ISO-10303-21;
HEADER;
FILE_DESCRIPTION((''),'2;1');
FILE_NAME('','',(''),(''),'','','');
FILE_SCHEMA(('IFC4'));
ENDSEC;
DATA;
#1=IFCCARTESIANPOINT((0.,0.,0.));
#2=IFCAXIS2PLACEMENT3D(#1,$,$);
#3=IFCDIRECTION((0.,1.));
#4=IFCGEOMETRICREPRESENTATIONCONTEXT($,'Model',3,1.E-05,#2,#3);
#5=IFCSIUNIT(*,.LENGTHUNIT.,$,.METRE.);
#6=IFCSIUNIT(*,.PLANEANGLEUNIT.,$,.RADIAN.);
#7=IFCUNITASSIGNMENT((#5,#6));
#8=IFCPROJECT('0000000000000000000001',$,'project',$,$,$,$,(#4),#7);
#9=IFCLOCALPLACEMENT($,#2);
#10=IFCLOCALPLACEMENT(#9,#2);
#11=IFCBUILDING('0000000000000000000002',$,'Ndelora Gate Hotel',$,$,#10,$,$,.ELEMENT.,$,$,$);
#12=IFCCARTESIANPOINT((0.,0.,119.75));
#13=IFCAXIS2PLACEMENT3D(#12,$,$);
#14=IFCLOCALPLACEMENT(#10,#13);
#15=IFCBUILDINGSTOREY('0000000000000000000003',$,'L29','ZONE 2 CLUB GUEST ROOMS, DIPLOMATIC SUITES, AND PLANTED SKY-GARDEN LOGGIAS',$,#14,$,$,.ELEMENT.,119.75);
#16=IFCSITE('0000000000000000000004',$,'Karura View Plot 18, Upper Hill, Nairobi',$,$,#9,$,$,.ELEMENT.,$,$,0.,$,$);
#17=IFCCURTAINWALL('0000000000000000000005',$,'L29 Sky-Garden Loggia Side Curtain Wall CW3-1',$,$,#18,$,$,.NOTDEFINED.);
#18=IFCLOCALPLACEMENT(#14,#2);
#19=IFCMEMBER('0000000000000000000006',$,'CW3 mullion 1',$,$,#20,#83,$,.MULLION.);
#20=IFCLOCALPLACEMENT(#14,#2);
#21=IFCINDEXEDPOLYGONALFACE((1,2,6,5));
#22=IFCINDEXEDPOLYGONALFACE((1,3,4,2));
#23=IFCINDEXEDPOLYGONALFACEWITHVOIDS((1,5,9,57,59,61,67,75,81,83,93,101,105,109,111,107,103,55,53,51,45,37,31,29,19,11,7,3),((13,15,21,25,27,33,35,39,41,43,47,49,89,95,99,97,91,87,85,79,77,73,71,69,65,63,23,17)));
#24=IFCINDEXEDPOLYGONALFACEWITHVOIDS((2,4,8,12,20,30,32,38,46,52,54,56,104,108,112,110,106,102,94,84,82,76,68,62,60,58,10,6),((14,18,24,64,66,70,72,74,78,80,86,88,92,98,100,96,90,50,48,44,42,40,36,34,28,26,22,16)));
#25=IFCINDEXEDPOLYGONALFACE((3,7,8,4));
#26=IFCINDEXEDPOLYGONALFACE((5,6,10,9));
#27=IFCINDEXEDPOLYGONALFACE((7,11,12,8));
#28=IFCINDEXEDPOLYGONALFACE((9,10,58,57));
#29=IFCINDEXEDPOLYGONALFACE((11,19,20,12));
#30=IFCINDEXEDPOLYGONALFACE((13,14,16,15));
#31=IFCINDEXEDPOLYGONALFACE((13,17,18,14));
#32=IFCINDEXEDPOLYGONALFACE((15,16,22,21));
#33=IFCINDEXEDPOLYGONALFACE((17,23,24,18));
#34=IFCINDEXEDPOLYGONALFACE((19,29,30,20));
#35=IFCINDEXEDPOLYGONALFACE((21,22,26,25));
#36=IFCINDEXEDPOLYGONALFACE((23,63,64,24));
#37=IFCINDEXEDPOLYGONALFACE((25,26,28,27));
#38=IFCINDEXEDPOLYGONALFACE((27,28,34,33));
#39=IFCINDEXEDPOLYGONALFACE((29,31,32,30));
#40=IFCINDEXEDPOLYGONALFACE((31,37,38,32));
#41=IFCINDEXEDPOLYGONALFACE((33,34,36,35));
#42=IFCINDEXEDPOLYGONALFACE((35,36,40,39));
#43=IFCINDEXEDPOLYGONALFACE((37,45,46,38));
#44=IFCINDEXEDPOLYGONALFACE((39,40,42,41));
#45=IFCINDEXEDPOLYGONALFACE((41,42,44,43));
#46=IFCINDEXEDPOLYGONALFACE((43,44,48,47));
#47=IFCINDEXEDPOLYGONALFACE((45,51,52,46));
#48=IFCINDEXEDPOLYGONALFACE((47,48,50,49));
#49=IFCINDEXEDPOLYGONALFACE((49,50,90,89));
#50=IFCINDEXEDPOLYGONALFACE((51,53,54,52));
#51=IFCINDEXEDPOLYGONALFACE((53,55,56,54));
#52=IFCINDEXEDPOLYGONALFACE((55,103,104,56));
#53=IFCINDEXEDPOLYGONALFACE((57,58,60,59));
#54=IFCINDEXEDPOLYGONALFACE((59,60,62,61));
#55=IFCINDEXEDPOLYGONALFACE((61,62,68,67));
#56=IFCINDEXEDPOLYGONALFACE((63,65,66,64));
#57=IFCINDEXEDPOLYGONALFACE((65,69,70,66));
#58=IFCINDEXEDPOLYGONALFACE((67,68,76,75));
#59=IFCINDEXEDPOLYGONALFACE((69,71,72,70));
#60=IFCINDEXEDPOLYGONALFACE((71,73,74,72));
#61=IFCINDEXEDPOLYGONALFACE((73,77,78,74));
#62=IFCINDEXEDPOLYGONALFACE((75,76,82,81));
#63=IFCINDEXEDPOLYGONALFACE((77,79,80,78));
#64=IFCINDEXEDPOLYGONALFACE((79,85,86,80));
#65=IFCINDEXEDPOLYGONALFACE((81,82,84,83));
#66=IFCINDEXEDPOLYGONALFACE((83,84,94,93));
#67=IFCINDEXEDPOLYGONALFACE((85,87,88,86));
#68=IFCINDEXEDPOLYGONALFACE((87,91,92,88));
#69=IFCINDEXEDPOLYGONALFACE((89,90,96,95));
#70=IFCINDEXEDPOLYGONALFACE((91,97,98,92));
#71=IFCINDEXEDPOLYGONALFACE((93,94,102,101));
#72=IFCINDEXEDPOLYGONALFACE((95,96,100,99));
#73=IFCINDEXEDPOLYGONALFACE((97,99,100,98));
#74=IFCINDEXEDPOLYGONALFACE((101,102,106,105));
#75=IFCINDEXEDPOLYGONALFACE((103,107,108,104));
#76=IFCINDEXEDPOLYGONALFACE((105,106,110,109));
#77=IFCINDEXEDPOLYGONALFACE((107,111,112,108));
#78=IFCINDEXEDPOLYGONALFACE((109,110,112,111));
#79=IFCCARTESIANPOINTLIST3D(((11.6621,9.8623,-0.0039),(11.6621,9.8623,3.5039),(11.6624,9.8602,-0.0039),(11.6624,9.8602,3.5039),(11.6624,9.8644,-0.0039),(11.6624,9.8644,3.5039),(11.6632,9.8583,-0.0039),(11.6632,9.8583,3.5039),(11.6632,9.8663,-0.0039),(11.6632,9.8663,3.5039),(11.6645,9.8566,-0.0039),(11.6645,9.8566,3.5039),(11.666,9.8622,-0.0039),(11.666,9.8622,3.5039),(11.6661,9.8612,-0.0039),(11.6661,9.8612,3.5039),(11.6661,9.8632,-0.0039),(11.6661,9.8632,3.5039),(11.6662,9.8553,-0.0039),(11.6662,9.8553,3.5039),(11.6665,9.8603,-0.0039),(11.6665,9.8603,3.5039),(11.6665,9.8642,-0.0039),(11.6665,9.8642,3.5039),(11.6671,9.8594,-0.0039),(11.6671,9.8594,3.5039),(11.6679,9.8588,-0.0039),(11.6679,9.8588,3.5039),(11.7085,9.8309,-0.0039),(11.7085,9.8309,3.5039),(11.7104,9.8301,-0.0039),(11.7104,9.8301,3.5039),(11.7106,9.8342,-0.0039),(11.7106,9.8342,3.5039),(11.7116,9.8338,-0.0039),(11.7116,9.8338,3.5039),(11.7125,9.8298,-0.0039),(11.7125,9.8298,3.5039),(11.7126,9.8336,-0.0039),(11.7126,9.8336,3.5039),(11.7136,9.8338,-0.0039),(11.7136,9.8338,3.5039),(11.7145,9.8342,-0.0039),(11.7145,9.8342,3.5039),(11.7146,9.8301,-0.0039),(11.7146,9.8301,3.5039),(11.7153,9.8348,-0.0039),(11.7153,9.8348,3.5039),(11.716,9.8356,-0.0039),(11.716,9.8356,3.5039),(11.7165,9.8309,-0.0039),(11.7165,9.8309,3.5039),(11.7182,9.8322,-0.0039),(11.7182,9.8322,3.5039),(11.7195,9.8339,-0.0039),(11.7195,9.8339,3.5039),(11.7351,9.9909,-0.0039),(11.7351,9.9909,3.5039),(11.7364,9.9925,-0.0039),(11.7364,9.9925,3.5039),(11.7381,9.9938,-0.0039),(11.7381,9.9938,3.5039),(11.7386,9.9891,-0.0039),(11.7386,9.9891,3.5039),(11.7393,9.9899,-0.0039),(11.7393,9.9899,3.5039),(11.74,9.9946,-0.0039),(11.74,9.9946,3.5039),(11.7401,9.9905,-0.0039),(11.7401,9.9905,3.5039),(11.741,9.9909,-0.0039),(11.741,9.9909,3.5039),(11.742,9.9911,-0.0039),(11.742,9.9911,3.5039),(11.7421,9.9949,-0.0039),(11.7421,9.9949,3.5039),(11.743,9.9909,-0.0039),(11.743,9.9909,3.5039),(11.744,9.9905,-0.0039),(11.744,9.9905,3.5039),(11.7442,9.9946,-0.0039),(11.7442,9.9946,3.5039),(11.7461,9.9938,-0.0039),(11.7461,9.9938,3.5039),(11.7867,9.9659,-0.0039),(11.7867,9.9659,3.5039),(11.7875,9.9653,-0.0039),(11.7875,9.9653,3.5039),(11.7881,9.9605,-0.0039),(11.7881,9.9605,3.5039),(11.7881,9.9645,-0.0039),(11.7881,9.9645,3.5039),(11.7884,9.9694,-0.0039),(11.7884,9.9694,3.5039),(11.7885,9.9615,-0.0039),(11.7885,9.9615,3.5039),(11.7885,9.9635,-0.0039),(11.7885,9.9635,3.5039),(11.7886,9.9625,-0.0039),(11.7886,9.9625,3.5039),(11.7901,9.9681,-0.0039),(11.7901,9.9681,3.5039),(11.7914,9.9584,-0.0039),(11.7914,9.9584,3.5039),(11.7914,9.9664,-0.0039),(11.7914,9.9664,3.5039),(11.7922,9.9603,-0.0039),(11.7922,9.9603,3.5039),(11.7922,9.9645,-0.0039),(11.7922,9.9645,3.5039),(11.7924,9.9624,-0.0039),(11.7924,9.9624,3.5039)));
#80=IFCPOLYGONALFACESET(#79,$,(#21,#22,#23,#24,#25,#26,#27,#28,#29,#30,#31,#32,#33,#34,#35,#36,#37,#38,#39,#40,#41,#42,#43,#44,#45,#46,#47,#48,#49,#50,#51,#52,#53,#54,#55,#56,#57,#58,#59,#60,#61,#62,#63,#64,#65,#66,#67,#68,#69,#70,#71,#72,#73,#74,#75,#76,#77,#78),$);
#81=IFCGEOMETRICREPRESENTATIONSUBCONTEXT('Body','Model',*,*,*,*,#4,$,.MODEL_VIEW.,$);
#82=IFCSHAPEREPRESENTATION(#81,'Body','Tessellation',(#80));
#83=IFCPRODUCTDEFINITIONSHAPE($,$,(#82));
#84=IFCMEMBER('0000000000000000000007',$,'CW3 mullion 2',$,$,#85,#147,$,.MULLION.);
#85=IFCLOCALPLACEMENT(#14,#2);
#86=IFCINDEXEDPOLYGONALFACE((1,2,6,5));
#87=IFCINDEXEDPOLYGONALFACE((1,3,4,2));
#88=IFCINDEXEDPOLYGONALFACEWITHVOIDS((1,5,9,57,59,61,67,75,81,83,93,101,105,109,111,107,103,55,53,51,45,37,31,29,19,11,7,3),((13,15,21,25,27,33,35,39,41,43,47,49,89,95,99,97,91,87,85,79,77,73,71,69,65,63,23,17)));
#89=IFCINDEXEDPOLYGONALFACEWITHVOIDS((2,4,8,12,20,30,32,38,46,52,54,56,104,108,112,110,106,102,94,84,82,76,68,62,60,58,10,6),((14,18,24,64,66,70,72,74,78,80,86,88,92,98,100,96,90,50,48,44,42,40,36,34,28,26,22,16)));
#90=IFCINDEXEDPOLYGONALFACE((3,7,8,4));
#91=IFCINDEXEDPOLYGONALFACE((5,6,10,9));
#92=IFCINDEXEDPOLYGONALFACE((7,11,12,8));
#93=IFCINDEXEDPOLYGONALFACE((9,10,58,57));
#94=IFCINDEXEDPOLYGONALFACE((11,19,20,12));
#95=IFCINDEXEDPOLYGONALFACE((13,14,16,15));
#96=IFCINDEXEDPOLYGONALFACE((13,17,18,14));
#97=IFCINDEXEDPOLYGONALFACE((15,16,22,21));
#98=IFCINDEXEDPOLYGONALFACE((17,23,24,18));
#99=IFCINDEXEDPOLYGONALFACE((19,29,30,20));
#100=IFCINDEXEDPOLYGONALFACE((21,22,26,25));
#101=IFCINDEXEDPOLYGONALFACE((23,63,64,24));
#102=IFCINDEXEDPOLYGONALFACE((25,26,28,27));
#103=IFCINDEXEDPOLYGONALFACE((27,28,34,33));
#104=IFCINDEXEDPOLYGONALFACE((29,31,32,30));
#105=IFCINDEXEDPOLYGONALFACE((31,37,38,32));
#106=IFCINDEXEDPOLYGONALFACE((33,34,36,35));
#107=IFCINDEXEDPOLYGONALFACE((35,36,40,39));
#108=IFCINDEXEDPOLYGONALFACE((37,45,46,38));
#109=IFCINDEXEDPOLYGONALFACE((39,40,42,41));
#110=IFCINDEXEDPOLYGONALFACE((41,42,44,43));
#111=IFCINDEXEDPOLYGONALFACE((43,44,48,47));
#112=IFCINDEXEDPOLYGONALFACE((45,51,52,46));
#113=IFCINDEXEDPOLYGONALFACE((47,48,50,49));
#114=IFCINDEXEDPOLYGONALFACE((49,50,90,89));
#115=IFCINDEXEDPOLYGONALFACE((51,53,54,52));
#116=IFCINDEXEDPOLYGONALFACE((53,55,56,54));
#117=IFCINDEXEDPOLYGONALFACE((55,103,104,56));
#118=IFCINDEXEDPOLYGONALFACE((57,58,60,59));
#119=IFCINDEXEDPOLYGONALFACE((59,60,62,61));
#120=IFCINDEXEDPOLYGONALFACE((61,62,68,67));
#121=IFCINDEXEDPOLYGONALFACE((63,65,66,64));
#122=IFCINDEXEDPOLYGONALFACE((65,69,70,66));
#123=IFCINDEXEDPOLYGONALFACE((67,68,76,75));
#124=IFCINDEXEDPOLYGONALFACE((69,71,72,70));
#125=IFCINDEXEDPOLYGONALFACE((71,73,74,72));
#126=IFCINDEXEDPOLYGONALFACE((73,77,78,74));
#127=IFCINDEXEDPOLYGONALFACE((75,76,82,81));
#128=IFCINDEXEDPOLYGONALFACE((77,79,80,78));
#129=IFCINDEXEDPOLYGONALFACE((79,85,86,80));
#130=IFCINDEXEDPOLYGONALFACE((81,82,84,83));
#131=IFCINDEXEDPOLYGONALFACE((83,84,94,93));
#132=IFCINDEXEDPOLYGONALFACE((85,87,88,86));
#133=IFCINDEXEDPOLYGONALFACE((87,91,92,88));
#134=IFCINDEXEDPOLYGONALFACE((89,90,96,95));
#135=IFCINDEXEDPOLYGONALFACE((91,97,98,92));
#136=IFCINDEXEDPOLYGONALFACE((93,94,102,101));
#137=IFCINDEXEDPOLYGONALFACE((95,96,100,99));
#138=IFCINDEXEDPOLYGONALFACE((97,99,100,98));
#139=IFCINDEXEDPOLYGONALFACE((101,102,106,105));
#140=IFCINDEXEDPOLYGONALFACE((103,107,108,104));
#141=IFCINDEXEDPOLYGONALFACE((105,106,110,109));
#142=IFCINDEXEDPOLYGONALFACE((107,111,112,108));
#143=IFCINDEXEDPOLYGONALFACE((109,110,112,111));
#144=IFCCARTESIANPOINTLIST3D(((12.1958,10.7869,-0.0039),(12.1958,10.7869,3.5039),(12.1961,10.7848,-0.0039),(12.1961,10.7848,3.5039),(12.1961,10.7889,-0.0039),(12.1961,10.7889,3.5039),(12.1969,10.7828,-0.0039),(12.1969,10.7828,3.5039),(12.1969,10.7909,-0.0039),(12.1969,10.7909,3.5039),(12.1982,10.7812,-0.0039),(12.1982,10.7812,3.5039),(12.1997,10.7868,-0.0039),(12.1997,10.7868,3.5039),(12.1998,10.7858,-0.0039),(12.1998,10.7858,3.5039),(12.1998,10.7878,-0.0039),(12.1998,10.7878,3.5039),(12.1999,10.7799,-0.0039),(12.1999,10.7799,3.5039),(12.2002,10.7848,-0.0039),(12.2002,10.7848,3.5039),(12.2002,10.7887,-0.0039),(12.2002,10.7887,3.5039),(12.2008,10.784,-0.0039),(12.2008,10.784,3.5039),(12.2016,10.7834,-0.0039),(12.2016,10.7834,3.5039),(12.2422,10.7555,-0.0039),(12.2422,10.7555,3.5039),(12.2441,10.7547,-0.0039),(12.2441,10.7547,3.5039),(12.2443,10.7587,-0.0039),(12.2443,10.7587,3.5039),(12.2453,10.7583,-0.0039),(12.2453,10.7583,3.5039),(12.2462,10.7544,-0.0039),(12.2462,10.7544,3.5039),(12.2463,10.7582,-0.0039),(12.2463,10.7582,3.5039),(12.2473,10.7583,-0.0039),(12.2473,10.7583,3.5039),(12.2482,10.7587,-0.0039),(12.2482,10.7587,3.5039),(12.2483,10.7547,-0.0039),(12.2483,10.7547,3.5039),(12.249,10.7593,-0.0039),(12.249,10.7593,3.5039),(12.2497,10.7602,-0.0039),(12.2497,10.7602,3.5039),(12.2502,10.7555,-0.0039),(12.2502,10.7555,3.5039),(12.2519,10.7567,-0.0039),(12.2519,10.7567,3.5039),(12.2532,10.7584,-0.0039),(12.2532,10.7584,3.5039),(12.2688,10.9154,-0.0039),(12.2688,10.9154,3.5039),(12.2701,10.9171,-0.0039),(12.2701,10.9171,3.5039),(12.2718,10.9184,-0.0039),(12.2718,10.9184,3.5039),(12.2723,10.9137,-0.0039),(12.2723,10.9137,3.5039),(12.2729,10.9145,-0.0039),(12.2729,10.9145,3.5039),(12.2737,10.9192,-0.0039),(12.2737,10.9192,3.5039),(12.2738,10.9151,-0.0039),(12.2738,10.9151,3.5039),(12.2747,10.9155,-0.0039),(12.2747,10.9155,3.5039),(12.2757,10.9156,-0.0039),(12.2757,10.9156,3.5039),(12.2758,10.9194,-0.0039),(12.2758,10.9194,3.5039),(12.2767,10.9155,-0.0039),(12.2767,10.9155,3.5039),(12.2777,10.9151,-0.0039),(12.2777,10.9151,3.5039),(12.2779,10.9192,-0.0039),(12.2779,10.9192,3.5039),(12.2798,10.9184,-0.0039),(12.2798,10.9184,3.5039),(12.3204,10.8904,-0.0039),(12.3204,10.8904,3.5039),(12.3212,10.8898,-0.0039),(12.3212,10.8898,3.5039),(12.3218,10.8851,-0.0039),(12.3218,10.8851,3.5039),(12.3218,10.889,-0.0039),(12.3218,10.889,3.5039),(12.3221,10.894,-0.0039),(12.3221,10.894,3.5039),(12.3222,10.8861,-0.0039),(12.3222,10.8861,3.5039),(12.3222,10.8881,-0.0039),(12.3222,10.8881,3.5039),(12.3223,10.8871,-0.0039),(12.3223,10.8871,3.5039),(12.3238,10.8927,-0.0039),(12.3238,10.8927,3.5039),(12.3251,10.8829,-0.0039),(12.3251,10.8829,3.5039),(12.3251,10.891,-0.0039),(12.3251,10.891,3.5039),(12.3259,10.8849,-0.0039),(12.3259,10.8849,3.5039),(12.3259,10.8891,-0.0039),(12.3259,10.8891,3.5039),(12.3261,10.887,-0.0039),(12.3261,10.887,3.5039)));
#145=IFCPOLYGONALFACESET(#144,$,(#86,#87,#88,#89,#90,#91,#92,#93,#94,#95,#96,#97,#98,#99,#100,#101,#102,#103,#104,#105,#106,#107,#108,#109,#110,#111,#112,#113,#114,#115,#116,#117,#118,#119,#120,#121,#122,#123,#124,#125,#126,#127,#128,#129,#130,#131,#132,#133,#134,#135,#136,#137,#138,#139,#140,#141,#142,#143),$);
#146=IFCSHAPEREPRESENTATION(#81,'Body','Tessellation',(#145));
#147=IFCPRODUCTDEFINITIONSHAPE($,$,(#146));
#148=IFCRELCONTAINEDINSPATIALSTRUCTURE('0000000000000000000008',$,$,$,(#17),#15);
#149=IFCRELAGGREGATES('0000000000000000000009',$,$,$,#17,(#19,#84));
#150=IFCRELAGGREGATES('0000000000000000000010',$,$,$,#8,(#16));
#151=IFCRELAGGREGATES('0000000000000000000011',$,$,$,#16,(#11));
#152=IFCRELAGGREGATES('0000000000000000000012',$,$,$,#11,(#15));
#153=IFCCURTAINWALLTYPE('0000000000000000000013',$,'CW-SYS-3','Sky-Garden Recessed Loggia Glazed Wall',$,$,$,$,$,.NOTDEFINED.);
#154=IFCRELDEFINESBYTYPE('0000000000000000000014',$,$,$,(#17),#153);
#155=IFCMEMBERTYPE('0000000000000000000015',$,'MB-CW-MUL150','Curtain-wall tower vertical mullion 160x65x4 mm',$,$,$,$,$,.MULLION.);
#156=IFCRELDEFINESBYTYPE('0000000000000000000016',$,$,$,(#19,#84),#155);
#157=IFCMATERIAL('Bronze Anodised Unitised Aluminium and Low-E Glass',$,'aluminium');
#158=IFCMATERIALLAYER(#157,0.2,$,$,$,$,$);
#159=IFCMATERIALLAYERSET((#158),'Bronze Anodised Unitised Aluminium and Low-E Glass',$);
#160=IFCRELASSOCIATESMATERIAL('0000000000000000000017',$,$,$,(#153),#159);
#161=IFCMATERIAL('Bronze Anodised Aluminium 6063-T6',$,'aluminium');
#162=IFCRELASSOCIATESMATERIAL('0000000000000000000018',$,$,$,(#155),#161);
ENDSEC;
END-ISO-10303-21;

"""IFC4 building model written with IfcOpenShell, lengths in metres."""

from ifc_helpers import new_model, si_unit, direction, frame, origin, origin_2d, place, context, subcontext, project, spatial, hollow_rectangle, extrude, material, layer, layer_set, material_profile, profile_set, type_object, element, aggregate, save


model = new_model("IFC4")

# Units and contexts
model_context = context("Model", 3, precision=1e-05, world=origin(), true_north=direction((0.0, 1.0)))
body_context = subcontext(model_context, "Body", "Model", "MODEL_VIEW")
ifc_project = project(units=[si_unit("LENGTHUNIT", "METRE"), si_unit("PLANEANGLEUNIT", "RADIAN")], contexts=[model_context])

# Site, building, storey
site_placement = place(None, origin())
site = spatial("IfcSite", under=ifc_project, at=site_placement, Name="Karura View Plot 18, Upper Hill, Nairobi", CompositionType="ELEMENT", RefElevation=0.0)
building_placement = place(site_placement, origin())
building = spatial("IfcBuilding", under=site, at=building_placement, Name="Ndelora Gate Hotel", CompositionType="ELEMENT")
storey_placement = place(building_placement, frame((0.0, 0.0, 119.75)))
storey = spatial("IfcBuildingStorey", under=building, at=storey_placement, Name="L29", Description="ZONE 2 CLUB GUEST ROOMS, DIPLOMATIC SUITES, AND PLANTED SKY-GARDEN LOGGIAS", CompositionType="ELEMENT", Elevation=119.75)

# Curtain wall, members
ifc_material_1 = material(Name="Bronze Anodised Unitised Aluminium and Low-E Glass", Category="aluminium")
ifc_layer_1 = layer(ifc_material_1, 0.2)
ifc_layer_set_1 = layer_set([ifc_layer_1], Name="Bronze Anodised Unitised Aluminium and Low-E Glass")
curtain_wall_type = type_object("IfcCurtainWallType", Name="CW-SYS-3", Description="Sky-Garden Recessed Loggia Glazed Wall", PredefinedType="NOTDEFINED", material=ifc_layer_set_1)
curtain_wall_placement = place(storey_placement, origin())
curtain_wall = element("IfcCurtainWall", 1, at=curtain_wall_placement, inside=storey, type_object=curtain_wall_type, Name="L29 Sky-Garden Loggia Side Curtain Wall CW3-1", PredefinedType="NOTDEFINED")
ifc_material_2 = material(Name="Bronze Anodised Aluminium 6063-T6", Category="aluminium")
ifc_material_profile_1 = material_profile(ifc_material_2, hollow_rectangle(XDim=0.0649, YDim=0.1599, WallThickness=0.0039, InnerFilletRadius=0.0039, OuterFilletRadius=0.0081, at=origin_2d()), Name="ALU 160x65x4")
ifc_profile_set_1 = profile_set([ifc_material_profile_1], Name="Bronze Anodised Aluminium 6063-T6")
member_type_1 = type_object("IfcMemberType", Name="MB-CW-MUL150", Description="Curtain-wall tower vertical mullion 160x65x4 mm", PredefinedType="MULLION", material=ifc_profile_set_1)
member_1_placement = place(storey_placement, frame((11.7273, 9.9124, -0.0039), z_axis=(0.0, 0.0, 1.0), x_axis=(-0.866019, 0.500011, 0.0)))
member_1 = element("IfcMember", 2, at=member_1_placement, type_object=member_type_1, Name="CW3 mullion 1", PredefinedType="MULLION", context=body_context, shape_type="SweptSolid", body=[
    extrude(hollow_rectangle(XDim=0.0649, YDim=0.1599, WallThickness=0.0039, InnerFilletRadius=0.0039, OuterFilletRadius=0.0081, at=origin_2d()), origin(), (0.0, 0.0, 1.0), 3.5078),
])
member_2_placement = place(storey_placement, frame((12.261, 10.8369, -0.0039), z_axis=(0.0, 0.0, 1.0), x_axis=(-0.866019, 0.500011, 0.0)))
member_2 = element("IfcMember", 3, at=member_2_placement, type_object=member_type_1, Name="CW3 mullion 2", PredefinedType="MULLION", context=body_context, shape_type="SweptSolid", body=[
    extrude(hollow_rectangle(XDim=0.0649, YDim=0.1599, WallThickness=0.0039, InnerFilletRadius=0.0039, OuterFilletRadius=0.0081, at=origin_2d()), origin(), (0.0, 0.0, 1.0), 3.5078),
])
aggregate(curtain_wall, [member_1, member_2])

save(model, "model.ifc")
